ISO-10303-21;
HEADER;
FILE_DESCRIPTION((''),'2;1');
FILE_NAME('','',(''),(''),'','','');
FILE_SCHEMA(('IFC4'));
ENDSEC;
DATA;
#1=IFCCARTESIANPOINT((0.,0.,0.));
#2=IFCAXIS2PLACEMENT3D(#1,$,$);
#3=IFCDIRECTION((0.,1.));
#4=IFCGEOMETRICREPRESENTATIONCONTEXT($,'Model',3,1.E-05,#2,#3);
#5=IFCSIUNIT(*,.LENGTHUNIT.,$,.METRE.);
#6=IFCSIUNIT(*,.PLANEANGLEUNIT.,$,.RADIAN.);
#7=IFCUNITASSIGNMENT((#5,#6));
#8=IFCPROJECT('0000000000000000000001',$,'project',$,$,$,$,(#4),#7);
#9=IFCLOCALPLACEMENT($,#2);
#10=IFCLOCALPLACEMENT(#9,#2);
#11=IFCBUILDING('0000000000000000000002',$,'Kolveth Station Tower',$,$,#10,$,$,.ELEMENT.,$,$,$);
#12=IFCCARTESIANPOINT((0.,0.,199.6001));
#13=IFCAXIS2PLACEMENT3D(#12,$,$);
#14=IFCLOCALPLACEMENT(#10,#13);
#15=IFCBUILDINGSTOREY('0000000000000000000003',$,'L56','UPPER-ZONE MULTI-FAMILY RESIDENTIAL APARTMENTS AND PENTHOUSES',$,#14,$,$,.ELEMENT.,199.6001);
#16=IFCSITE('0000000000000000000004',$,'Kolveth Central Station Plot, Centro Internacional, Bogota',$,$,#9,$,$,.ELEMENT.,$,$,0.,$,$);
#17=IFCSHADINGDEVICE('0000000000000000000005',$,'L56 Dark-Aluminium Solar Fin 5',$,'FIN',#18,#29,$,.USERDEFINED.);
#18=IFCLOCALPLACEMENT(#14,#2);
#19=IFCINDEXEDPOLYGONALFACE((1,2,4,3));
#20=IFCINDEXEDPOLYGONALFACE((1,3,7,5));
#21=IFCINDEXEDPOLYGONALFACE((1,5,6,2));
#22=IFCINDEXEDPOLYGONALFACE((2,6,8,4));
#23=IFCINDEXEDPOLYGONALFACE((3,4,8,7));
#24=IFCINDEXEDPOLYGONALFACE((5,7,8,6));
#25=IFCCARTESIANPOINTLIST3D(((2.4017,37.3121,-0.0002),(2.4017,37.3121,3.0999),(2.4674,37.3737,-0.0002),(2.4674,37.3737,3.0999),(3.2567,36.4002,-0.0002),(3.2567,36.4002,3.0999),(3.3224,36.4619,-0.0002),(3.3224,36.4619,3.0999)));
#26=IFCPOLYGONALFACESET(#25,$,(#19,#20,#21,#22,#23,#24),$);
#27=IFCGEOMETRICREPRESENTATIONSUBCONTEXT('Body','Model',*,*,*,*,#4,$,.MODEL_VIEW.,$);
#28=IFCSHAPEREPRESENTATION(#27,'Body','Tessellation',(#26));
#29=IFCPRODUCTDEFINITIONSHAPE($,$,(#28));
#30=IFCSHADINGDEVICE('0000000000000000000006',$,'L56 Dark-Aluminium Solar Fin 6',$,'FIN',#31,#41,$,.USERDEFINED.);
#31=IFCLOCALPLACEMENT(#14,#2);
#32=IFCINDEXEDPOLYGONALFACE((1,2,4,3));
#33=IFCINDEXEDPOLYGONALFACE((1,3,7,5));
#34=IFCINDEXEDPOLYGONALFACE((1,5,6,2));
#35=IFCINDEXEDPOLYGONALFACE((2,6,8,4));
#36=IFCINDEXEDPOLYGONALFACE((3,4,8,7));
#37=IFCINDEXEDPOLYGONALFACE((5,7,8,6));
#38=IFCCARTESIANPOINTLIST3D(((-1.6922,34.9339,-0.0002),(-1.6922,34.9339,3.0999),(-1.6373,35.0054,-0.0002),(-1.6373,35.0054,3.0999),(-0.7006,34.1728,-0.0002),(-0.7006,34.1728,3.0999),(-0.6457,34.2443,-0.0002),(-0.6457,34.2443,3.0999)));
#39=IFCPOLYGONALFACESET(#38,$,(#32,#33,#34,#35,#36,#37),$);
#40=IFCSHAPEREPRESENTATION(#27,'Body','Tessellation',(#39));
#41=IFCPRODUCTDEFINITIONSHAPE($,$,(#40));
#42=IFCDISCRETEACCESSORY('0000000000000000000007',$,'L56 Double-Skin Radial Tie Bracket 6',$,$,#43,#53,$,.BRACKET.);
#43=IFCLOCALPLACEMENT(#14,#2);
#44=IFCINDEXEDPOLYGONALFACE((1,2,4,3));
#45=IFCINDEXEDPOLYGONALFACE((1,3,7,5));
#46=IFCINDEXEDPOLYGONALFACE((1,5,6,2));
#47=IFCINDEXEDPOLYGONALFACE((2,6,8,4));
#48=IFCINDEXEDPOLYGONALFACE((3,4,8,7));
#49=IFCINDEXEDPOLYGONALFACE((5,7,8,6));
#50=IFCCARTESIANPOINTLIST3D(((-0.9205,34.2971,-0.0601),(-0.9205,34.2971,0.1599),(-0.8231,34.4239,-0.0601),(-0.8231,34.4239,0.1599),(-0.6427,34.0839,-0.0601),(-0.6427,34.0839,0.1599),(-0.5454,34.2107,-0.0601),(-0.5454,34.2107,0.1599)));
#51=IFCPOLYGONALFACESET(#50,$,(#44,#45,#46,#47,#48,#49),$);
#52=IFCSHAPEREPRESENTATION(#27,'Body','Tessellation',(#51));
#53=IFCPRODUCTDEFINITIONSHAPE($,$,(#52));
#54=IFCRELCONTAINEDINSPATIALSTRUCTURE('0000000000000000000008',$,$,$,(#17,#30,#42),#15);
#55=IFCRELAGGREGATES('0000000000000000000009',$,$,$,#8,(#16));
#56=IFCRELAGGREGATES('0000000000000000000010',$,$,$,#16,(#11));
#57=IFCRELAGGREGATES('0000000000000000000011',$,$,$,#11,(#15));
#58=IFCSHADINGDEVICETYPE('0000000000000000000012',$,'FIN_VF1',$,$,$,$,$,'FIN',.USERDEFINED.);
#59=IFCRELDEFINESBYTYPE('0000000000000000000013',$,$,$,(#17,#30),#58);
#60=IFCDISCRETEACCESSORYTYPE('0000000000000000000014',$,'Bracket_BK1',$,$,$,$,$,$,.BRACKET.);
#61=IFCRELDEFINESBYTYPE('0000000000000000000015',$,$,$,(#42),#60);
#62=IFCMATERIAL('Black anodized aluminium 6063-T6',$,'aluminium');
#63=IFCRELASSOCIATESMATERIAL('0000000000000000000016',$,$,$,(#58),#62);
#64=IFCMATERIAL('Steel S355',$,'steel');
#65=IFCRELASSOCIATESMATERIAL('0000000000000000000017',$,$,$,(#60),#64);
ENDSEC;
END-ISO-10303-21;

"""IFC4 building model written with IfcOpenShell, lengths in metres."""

from ifc_helpers import new_model, si_unit, direction, frame, origin, origin_2d, place, context, subcontext, project, spatial, rectangle, extrude, source, transform, mapped, material, type_object, element, save


model = new_model("IFC4")

# Units and contexts
model_context = context("Model", 3, precision=1e-05, world=origin(), true_north=direction((0.0, 1.0)))
body_context = subcontext(model_context, "Body", "Model", "MODEL_VIEW")
ifc_project = project(units=[si_unit("LENGTHUNIT", "METRE"), si_unit("PLANEANGLEUNIT", "RADIAN")], contexts=[model_context])

# Site, building, storey
site_placement = place(None, origin())
site = spatial("IfcSite", under=ifc_project, at=site_placement, Name="Kolveth Central Station Plot, Centro Internacional, Bogota", CompositionType="ELEMENT", RefElevation=0.0)
building_placement = place(site_placement, origin())
building = spatial("IfcBuilding", under=site, at=building_placement, Name="Kolveth Station Tower", CompositionType="ELEMENT")
storey_placement = place(building_placement, frame((0.0, 0.0, 199.6001)))
storey = spatial("IfcBuildingStorey", under=building, at=storey_placement, Name="L56", Description="UPPER-ZONE MULTI-FAMILY RESIDENTIAL APARTMENTS AND PENTHOUSES", CompositionType="ELEMENT", Elevation=199.6001)

# Shared definitions
ifc_material_1 = material(Name="Black anodized aluminium 6063-T6", Category="aluminium")

# Shading devices
shading_device_type = type_object("IfcShadingDeviceType", Name="FIN_VF1", ElementType="FIN", PredefinedType="USERDEFINED", material=ifc_material_1)
shared_shape_1 = source(origin(), body_context, "Body", "SweptSolid", [
    extrude(rectangle(XDim=1.25, YDim=0.0901, at=origin_2d()), origin(), (0.0, 0.0, 1.0), 3.1001),
])
for number, where, z_axis, x_axis, name in (
    (1, (2.8621, 36.887, -0.0002), (0.0, 0.0, 1.0), (-0.684038, 0.729446, 0.0), "L56 Dark-Aluminium Solar Fin 5"),
    (2, (-1.1689, 34.5891, -0.0002), (0.0, 0.0, 1.0), (-0.793247, 0.6089, 0.0), "L56 Dark-Aluminium Solar Fin 6"),
):
    element("IfcShadingDevice", number, at=place(storey_placement, frame(where, z_axis=z_axis, x_axis=x_axis)), inside=storey, type_object=shading_device_type, Name=name, ObjectType="FIN", PredefinedType="USERDEFINED", context=body_context, shape_type="MappedRepresentation", body=[
        mapped(shared_shape_1, transform((0.0, 0.0, 0.0), x_axis=(1.0, 0.0, 0.0), y_axis=(0.0, 1.0, 0.0), z_axis=(0.0, 0.0, 1.0), scale=1.0)),
    ])

# Discrete accessory
ifc_material_2 = material(Name="Steel S355", Category="steel")
discrete_accessory_type = type_object("IfcDiscreteAccessoryType", Name="Bracket_BK1", PredefinedType="BRACKET", material=ifc_material_2)
shared_shape_2 = source(origin(), body_context, "Body", "SweptSolid", [
    extrude(rectangle(XDim=0.3501, YDim=0.1599, at=origin_2d()), origin(), (0.0, 0.0, 1.0), 0.22),
])
discrete_accessory_placement = place(storey_placement, frame((-0.7329, 34.2539, -0.0601), z_axis=(0.0, 0.0, 1.0), x_axis=(-0.793247, 0.6089, 0.0)))
element("IfcDiscreteAccessory", 3, at=discrete_accessory_placement, inside=storey, type_object=discrete_accessory_type, Name="L56 Double-Skin Radial Tie Bracket 6", PredefinedType="BRACKET", context=body_context, shape_type="MappedRepresentation", body=[
    mapped(shared_shape_2, transform((0.0, 0.0, 0.0), x_axis=(1.0, 0.0, 0.0), y_axis=(0.0, 1.0, 0.0), z_axis=(0.0, 0.0, 1.0), scale=1.0)),
])

save(model, "model.ifc")
